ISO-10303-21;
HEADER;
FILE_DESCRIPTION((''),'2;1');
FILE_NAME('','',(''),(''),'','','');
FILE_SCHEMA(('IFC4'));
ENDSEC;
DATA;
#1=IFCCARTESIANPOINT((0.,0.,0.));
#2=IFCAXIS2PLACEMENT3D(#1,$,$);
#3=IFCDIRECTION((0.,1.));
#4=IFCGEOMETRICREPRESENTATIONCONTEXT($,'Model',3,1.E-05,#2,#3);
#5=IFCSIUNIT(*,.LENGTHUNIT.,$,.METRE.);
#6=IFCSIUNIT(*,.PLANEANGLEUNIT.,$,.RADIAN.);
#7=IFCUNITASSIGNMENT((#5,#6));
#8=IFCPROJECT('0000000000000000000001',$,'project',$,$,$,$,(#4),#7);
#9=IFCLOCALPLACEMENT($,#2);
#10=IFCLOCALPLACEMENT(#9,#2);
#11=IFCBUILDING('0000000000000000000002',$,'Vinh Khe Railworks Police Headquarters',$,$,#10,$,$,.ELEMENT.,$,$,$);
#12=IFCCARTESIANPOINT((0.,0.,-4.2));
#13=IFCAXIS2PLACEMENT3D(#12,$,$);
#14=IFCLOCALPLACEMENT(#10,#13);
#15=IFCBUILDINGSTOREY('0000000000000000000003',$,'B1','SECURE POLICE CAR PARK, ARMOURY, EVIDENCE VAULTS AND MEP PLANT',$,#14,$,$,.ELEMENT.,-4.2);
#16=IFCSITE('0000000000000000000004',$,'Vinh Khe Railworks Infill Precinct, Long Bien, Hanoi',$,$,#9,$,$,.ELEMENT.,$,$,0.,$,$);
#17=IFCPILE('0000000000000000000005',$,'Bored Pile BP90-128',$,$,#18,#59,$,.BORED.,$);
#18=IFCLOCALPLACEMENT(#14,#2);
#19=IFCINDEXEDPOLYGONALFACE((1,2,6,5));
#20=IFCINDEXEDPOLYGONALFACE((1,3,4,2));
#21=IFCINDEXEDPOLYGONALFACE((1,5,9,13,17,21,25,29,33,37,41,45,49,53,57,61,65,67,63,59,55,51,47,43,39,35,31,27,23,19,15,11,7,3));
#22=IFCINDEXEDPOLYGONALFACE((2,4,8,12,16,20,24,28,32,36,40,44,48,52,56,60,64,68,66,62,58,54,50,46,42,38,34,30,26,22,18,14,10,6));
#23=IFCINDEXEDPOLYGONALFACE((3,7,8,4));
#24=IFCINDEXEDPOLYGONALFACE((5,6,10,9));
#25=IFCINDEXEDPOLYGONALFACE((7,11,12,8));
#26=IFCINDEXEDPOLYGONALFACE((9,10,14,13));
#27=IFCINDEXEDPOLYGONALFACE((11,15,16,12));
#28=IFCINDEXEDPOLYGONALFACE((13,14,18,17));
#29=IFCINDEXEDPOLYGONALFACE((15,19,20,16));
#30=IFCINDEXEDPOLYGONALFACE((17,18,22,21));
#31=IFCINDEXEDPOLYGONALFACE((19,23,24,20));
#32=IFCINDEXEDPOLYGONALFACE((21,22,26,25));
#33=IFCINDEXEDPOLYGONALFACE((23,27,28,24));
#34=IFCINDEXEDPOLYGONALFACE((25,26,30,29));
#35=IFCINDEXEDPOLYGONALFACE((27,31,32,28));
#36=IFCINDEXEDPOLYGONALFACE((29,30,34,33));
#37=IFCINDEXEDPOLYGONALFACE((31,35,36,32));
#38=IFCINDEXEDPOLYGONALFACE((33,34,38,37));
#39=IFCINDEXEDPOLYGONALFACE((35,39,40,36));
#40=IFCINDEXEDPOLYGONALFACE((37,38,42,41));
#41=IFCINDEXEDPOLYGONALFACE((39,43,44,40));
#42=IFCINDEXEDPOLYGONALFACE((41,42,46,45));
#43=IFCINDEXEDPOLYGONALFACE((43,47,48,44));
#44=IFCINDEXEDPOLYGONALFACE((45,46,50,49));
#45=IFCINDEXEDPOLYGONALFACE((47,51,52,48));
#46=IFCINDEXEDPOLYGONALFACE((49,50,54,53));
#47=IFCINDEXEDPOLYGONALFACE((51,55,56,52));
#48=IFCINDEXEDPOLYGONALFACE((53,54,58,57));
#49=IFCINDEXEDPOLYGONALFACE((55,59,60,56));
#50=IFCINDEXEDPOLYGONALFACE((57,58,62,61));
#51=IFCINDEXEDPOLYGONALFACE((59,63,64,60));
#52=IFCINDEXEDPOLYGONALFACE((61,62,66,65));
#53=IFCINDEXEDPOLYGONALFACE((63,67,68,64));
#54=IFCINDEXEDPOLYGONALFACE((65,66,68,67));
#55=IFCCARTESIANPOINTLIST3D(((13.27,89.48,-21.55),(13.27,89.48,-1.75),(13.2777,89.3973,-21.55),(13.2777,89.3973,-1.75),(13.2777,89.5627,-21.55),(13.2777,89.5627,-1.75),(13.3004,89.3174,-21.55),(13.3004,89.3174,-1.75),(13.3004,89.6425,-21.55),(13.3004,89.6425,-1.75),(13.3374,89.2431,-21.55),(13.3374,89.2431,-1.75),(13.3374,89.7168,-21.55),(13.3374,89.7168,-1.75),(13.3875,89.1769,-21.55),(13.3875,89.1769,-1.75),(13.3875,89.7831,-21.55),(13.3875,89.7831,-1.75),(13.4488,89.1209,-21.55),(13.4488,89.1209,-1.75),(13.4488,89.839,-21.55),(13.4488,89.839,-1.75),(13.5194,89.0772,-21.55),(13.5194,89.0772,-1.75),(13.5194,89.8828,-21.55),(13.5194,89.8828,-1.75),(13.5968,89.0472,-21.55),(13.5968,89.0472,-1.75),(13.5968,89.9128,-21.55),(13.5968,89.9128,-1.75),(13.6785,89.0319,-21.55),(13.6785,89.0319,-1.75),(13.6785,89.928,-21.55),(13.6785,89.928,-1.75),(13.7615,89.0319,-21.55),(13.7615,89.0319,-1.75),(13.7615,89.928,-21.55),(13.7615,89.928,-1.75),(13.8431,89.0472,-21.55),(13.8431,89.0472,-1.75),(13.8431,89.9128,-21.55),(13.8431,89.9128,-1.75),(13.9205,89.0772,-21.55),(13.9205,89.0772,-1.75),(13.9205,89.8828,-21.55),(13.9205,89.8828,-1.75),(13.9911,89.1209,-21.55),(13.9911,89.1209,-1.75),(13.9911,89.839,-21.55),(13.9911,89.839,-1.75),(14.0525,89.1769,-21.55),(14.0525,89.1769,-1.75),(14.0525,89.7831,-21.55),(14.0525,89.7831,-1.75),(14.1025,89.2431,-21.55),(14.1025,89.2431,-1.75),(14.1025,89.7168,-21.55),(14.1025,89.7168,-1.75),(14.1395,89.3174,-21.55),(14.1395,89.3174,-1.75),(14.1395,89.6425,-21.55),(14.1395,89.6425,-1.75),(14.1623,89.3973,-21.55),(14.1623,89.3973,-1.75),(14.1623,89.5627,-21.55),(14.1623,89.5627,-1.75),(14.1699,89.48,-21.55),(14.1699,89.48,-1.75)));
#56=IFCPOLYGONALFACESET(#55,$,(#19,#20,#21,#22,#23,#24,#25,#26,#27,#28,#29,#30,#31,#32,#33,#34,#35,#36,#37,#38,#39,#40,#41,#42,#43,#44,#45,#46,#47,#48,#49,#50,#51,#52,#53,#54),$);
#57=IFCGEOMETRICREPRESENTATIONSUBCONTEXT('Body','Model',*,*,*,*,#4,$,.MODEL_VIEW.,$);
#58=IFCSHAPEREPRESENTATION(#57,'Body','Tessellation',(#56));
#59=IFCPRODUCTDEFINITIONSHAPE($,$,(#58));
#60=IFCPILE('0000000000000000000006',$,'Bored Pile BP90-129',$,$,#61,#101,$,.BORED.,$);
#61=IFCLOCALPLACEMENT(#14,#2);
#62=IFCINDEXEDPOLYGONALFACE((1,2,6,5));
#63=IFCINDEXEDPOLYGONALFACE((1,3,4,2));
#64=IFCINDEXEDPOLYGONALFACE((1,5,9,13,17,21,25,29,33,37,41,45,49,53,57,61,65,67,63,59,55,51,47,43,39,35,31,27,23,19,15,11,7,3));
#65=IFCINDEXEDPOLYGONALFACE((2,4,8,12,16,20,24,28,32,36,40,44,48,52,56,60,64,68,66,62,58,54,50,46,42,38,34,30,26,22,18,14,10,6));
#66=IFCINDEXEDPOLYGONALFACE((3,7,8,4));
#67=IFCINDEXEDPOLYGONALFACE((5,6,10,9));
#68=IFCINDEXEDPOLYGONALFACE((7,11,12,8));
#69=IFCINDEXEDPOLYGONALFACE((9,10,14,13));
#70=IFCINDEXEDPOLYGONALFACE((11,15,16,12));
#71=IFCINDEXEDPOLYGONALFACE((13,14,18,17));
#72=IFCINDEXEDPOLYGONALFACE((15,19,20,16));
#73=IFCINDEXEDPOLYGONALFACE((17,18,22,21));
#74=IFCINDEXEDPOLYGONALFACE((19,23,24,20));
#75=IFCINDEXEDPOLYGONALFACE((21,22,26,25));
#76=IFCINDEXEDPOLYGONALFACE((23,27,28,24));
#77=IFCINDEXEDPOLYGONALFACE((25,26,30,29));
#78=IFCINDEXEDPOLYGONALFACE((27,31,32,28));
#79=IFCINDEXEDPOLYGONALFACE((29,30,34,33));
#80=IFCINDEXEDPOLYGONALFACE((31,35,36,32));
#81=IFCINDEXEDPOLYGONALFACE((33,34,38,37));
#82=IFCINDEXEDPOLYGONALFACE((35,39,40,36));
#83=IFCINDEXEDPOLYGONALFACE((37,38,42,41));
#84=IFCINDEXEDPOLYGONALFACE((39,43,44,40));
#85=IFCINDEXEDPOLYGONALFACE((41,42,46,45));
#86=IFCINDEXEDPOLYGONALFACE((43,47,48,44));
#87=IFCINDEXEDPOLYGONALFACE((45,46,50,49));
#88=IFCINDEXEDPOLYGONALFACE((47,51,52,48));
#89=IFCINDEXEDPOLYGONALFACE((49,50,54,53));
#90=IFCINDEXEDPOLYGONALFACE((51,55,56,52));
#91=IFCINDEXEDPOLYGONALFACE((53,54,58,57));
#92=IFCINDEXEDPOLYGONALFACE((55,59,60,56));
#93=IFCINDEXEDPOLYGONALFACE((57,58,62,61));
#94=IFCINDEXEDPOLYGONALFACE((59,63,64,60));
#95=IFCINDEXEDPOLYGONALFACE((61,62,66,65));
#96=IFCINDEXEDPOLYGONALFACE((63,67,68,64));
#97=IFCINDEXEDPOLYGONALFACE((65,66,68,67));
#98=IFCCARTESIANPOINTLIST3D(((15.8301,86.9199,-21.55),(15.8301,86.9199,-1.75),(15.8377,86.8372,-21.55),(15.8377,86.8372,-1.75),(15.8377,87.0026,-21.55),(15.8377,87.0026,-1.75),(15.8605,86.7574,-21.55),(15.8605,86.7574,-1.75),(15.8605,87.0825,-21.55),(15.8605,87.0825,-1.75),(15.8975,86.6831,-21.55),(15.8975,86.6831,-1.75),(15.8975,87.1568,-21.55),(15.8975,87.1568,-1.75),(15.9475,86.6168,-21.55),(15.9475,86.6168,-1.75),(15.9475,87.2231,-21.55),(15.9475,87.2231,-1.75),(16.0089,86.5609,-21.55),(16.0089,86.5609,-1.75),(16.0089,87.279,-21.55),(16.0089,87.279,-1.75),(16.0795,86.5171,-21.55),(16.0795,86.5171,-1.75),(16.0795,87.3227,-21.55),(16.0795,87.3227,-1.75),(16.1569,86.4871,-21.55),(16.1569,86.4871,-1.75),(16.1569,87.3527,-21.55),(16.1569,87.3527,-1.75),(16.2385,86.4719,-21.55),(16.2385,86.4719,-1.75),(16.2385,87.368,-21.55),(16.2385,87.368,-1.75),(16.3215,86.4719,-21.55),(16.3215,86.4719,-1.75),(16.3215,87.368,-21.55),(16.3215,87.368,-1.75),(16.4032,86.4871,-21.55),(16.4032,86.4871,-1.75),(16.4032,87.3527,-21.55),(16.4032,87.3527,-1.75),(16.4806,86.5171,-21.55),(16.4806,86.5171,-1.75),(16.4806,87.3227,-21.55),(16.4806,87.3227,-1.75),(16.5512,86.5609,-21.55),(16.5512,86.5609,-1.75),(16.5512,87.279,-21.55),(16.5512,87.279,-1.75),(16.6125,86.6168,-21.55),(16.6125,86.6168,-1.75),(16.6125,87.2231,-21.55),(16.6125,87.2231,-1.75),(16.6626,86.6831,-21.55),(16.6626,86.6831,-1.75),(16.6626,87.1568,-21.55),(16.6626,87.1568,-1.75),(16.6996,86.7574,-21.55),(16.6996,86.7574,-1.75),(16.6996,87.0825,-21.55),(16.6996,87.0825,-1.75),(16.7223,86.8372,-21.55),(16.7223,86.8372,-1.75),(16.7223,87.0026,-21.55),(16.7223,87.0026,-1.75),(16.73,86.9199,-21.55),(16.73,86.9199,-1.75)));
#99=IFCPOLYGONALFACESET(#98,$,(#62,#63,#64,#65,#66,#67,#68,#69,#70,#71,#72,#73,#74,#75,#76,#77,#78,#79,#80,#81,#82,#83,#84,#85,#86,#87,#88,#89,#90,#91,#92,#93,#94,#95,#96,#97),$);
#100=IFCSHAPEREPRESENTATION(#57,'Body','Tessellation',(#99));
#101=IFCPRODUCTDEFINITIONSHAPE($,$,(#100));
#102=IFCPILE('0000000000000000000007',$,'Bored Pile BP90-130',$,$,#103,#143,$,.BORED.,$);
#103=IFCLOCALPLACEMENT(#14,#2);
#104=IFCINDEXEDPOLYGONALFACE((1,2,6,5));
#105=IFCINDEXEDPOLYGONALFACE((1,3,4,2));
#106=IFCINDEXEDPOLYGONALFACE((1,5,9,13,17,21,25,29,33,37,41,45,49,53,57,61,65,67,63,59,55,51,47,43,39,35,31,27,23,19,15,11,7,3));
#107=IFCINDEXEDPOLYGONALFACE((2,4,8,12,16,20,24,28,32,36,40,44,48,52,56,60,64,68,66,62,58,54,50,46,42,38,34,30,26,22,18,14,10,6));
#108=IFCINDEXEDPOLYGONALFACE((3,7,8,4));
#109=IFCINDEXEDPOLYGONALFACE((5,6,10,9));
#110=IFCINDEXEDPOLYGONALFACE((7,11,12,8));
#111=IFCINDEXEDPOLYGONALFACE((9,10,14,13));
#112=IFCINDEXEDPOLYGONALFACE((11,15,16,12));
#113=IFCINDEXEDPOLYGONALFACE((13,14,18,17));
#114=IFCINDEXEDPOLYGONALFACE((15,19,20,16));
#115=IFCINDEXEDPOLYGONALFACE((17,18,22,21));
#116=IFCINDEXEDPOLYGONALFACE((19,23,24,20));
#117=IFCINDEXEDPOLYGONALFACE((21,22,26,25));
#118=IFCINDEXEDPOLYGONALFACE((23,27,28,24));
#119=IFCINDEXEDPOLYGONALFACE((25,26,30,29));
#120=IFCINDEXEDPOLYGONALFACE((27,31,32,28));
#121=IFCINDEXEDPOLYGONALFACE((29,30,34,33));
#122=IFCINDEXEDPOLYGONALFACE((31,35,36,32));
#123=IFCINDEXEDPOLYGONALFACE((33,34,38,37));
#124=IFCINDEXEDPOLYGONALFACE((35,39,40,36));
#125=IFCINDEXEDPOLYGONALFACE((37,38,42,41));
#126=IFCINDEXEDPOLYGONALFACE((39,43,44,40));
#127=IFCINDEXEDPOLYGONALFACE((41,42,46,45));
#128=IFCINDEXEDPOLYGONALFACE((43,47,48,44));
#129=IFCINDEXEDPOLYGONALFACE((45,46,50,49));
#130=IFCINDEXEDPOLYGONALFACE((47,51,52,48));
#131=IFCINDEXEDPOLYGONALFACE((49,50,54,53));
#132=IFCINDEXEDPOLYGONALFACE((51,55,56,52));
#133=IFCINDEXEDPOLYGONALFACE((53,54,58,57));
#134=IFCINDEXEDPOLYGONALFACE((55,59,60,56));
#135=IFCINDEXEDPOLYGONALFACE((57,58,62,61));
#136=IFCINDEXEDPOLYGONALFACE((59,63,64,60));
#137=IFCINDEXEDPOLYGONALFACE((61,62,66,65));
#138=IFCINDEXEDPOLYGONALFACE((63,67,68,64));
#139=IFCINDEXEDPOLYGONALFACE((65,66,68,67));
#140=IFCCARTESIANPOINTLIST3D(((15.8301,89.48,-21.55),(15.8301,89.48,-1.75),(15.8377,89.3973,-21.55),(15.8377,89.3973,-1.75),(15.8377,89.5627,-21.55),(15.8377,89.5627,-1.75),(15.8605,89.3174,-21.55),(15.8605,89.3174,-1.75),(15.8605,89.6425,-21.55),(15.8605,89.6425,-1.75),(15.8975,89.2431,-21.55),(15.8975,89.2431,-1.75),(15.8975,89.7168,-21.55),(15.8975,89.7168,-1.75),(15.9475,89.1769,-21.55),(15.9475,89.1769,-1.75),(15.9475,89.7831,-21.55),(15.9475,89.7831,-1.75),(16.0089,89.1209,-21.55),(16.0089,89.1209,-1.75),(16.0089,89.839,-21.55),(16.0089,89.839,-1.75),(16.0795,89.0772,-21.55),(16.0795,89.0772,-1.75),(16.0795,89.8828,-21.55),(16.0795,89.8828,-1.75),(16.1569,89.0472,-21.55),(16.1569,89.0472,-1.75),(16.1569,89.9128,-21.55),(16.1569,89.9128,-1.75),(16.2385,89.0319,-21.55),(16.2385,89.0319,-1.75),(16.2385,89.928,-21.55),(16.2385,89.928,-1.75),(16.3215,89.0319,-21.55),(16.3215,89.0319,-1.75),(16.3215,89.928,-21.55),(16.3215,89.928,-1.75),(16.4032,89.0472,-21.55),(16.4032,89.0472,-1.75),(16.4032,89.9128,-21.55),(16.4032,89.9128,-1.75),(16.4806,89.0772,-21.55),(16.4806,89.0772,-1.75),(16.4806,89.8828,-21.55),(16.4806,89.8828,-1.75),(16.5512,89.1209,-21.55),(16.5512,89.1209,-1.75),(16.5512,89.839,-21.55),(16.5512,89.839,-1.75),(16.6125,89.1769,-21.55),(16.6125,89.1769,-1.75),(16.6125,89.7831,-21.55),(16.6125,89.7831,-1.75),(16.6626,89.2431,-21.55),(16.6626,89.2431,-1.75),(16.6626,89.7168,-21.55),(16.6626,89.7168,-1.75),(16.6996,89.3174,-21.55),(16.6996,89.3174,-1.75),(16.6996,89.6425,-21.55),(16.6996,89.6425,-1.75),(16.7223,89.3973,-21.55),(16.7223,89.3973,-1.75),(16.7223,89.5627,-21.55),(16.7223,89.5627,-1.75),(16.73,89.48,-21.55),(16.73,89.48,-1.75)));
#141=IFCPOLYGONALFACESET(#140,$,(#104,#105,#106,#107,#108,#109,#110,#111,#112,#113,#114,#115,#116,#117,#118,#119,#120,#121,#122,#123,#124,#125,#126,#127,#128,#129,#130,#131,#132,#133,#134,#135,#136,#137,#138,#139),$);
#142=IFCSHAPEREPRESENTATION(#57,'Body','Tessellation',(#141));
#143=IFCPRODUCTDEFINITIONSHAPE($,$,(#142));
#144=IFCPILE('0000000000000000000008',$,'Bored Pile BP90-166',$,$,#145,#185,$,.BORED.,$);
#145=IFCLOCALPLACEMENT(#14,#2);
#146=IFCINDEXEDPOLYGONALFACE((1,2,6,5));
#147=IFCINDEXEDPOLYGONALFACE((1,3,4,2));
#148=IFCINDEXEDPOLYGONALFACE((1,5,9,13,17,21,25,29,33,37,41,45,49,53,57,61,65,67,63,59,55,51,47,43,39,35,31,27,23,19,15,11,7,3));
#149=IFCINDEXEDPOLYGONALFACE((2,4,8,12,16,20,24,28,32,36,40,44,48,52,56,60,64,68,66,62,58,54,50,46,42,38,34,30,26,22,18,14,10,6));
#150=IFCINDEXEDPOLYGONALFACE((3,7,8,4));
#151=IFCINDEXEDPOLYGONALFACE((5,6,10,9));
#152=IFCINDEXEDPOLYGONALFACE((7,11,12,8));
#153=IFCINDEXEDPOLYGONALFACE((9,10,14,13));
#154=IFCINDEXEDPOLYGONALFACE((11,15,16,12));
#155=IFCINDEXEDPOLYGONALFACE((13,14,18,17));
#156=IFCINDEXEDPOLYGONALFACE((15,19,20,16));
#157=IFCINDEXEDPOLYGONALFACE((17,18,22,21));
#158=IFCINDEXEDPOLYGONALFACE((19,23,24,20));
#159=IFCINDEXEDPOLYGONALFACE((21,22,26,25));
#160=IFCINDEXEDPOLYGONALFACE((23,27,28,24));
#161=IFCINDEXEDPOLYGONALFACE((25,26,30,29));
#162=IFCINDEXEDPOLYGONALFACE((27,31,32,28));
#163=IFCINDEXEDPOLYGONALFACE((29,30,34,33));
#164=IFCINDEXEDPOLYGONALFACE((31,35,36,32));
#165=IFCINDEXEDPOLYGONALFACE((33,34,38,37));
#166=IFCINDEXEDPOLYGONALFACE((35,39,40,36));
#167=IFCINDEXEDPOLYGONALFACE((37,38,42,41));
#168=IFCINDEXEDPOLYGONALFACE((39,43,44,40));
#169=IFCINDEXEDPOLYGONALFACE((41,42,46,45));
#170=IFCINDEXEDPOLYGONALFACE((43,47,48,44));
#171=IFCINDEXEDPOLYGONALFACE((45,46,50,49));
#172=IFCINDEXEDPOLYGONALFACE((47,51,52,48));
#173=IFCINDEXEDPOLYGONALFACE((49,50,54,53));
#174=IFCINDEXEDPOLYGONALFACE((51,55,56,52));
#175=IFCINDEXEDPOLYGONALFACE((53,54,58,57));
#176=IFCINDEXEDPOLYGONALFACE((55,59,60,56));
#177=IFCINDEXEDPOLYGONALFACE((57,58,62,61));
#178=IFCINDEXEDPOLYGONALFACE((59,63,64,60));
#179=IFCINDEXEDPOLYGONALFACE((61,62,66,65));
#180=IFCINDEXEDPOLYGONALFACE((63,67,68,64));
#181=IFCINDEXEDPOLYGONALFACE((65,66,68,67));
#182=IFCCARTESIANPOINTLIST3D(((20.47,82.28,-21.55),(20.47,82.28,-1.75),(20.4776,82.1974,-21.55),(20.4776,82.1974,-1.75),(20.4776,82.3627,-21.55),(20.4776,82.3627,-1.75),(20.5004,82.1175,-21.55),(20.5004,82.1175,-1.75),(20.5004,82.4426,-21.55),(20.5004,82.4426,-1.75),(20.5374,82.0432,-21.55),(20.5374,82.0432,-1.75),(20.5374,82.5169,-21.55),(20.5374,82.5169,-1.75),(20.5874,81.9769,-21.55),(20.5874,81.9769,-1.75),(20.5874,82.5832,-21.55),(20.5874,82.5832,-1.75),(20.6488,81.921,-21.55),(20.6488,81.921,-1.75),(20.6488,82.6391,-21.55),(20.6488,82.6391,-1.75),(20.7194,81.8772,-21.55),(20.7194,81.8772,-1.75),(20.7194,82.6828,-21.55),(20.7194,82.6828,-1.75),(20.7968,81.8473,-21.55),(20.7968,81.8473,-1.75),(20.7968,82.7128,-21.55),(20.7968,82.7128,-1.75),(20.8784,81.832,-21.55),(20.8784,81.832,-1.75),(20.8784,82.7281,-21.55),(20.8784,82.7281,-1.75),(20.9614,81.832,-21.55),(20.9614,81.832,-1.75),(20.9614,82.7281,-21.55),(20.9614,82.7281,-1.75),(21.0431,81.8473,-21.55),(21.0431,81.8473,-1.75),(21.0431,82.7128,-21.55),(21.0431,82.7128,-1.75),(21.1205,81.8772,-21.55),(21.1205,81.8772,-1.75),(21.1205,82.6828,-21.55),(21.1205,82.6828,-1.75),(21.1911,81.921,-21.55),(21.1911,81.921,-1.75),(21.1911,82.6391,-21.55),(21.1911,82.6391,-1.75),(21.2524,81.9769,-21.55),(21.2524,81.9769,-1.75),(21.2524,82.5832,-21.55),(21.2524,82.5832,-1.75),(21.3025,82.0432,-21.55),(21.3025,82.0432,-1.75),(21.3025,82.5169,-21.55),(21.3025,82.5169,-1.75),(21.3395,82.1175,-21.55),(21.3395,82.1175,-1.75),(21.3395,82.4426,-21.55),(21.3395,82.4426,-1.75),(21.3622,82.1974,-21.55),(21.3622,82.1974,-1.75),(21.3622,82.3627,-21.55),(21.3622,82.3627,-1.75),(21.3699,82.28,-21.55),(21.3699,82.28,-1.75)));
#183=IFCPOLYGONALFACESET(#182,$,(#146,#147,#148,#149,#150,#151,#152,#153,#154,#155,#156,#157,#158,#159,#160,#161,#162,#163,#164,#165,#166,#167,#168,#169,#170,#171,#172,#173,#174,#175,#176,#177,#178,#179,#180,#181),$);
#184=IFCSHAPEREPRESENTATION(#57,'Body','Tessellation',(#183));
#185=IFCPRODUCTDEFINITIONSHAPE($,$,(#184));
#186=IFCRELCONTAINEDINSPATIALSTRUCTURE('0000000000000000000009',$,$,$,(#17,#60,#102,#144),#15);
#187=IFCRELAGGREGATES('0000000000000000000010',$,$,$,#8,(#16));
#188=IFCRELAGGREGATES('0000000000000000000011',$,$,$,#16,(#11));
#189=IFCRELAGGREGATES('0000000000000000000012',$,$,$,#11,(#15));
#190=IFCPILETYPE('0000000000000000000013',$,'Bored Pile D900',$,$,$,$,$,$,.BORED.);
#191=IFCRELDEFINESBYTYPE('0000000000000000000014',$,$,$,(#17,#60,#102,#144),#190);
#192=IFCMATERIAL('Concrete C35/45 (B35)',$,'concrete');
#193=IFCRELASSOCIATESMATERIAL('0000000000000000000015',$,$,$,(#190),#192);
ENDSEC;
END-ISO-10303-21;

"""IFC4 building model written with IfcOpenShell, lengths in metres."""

from ifc_helpers import new_model, si_unit, direction, frame, origin, origin_2d, place, context, subcontext, project, spatial, circle, extrude, material, material_profile, profile_set, type_object, element, save


model = new_model("IFC4")

# Units and contexts
model_context = context("Model", 3, precision=1e-05, world=origin(), true_north=direction((0.0, 1.0)))
body_context = subcontext(model_context, "Body", "Model", "MODEL_VIEW")
ifc_project = project(units=[si_unit("LENGTHUNIT", "METRE"), si_unit("PLANEANGLEUNIT", "RADIAN")], contexts=[model_context])

# Site, building, storey
site_placement = place(None, origin())
site = spatial("IfcSite", under=ifc_project, at=site_placement, Name="Vinh Khe Railworks Infill Precinct, Long Bien, Hanoi", CompositionType="ELEMENT", RefElevation=0.0)
building_placement = place(site_placement, origin())
building = spatial("IfcBuilding", under=site, at=building_placement, Name="Vinh Khe Railworks Police Headquarters", CompositionType="ELEMENT")
storey_placement = place(building_placement, frame((0.0, 0.0, -4.2)))
storey = spatial("IfcBuildingStorey", under=building, at=storey_placement, Name="B1", Description="SECURE POLICE CAR PARK, ARMOURY, EVIDENCE VAULTS AND MEP PLANT", CompositionType="ELEMENT", Elevation=-4.2)

# Piles
ifc_material_1 = material(Name="Concrete C35/45 (B35)", Category="concrete")
ifc_material_profile_1 = material_profile(ifc_material_1, circle(Radius=0.45, at=origin_2d()), Name="BORED PILE D900")
ifc_profile_set_1 = profile_set([ifc_material_profile_1], Name="Concrete C35/45 (B35)")
pile_type_1 = type_object("IfcPileType", Name="Bored Pile D900", PredefinedType="BORED", material=ifc_profile_set_1)
for number, where, z_axis, x_axis, name in (
    (1, (13.72, 89.48, -1.75), (0.0, 0.0, -1.0), (1.0, 0.0, 0.0), "Bored Pile BP90-128"),
    (2, (16.28, 86.9199, -1.75), (0.0, 0.0, -1.0), (1.0, 0.0, 0.0), "Bored Pile BP90-129"),
    (3, (16.28, 89.48, -1.75), (0.0, 0.0, -1.0), (1.0, 0.0, 0.0), "Bored Pile BP90-130"),
    (4, (20.9199, 82.28, -1.75), (0.0, 0.0, -1.0), (1.0, 0.0, 0.0), "Bored Pile BP90-166"),
):
    element("IfcPile", number, at=place(storey_placement, frame(where, z_axis=z_axis, x_axis=x_axis)), inside=storey, type_object=pile_type_1, Name=name, PredefinedType="BORED", context=body_context, shape_type="SweptSolid", body=[
        extrude(circle(Radius=0.45, at=origin_2d()), origin(), (0.0, 0.0, 1.0), 19.8),
    ])

save(model, "model.ifc")
